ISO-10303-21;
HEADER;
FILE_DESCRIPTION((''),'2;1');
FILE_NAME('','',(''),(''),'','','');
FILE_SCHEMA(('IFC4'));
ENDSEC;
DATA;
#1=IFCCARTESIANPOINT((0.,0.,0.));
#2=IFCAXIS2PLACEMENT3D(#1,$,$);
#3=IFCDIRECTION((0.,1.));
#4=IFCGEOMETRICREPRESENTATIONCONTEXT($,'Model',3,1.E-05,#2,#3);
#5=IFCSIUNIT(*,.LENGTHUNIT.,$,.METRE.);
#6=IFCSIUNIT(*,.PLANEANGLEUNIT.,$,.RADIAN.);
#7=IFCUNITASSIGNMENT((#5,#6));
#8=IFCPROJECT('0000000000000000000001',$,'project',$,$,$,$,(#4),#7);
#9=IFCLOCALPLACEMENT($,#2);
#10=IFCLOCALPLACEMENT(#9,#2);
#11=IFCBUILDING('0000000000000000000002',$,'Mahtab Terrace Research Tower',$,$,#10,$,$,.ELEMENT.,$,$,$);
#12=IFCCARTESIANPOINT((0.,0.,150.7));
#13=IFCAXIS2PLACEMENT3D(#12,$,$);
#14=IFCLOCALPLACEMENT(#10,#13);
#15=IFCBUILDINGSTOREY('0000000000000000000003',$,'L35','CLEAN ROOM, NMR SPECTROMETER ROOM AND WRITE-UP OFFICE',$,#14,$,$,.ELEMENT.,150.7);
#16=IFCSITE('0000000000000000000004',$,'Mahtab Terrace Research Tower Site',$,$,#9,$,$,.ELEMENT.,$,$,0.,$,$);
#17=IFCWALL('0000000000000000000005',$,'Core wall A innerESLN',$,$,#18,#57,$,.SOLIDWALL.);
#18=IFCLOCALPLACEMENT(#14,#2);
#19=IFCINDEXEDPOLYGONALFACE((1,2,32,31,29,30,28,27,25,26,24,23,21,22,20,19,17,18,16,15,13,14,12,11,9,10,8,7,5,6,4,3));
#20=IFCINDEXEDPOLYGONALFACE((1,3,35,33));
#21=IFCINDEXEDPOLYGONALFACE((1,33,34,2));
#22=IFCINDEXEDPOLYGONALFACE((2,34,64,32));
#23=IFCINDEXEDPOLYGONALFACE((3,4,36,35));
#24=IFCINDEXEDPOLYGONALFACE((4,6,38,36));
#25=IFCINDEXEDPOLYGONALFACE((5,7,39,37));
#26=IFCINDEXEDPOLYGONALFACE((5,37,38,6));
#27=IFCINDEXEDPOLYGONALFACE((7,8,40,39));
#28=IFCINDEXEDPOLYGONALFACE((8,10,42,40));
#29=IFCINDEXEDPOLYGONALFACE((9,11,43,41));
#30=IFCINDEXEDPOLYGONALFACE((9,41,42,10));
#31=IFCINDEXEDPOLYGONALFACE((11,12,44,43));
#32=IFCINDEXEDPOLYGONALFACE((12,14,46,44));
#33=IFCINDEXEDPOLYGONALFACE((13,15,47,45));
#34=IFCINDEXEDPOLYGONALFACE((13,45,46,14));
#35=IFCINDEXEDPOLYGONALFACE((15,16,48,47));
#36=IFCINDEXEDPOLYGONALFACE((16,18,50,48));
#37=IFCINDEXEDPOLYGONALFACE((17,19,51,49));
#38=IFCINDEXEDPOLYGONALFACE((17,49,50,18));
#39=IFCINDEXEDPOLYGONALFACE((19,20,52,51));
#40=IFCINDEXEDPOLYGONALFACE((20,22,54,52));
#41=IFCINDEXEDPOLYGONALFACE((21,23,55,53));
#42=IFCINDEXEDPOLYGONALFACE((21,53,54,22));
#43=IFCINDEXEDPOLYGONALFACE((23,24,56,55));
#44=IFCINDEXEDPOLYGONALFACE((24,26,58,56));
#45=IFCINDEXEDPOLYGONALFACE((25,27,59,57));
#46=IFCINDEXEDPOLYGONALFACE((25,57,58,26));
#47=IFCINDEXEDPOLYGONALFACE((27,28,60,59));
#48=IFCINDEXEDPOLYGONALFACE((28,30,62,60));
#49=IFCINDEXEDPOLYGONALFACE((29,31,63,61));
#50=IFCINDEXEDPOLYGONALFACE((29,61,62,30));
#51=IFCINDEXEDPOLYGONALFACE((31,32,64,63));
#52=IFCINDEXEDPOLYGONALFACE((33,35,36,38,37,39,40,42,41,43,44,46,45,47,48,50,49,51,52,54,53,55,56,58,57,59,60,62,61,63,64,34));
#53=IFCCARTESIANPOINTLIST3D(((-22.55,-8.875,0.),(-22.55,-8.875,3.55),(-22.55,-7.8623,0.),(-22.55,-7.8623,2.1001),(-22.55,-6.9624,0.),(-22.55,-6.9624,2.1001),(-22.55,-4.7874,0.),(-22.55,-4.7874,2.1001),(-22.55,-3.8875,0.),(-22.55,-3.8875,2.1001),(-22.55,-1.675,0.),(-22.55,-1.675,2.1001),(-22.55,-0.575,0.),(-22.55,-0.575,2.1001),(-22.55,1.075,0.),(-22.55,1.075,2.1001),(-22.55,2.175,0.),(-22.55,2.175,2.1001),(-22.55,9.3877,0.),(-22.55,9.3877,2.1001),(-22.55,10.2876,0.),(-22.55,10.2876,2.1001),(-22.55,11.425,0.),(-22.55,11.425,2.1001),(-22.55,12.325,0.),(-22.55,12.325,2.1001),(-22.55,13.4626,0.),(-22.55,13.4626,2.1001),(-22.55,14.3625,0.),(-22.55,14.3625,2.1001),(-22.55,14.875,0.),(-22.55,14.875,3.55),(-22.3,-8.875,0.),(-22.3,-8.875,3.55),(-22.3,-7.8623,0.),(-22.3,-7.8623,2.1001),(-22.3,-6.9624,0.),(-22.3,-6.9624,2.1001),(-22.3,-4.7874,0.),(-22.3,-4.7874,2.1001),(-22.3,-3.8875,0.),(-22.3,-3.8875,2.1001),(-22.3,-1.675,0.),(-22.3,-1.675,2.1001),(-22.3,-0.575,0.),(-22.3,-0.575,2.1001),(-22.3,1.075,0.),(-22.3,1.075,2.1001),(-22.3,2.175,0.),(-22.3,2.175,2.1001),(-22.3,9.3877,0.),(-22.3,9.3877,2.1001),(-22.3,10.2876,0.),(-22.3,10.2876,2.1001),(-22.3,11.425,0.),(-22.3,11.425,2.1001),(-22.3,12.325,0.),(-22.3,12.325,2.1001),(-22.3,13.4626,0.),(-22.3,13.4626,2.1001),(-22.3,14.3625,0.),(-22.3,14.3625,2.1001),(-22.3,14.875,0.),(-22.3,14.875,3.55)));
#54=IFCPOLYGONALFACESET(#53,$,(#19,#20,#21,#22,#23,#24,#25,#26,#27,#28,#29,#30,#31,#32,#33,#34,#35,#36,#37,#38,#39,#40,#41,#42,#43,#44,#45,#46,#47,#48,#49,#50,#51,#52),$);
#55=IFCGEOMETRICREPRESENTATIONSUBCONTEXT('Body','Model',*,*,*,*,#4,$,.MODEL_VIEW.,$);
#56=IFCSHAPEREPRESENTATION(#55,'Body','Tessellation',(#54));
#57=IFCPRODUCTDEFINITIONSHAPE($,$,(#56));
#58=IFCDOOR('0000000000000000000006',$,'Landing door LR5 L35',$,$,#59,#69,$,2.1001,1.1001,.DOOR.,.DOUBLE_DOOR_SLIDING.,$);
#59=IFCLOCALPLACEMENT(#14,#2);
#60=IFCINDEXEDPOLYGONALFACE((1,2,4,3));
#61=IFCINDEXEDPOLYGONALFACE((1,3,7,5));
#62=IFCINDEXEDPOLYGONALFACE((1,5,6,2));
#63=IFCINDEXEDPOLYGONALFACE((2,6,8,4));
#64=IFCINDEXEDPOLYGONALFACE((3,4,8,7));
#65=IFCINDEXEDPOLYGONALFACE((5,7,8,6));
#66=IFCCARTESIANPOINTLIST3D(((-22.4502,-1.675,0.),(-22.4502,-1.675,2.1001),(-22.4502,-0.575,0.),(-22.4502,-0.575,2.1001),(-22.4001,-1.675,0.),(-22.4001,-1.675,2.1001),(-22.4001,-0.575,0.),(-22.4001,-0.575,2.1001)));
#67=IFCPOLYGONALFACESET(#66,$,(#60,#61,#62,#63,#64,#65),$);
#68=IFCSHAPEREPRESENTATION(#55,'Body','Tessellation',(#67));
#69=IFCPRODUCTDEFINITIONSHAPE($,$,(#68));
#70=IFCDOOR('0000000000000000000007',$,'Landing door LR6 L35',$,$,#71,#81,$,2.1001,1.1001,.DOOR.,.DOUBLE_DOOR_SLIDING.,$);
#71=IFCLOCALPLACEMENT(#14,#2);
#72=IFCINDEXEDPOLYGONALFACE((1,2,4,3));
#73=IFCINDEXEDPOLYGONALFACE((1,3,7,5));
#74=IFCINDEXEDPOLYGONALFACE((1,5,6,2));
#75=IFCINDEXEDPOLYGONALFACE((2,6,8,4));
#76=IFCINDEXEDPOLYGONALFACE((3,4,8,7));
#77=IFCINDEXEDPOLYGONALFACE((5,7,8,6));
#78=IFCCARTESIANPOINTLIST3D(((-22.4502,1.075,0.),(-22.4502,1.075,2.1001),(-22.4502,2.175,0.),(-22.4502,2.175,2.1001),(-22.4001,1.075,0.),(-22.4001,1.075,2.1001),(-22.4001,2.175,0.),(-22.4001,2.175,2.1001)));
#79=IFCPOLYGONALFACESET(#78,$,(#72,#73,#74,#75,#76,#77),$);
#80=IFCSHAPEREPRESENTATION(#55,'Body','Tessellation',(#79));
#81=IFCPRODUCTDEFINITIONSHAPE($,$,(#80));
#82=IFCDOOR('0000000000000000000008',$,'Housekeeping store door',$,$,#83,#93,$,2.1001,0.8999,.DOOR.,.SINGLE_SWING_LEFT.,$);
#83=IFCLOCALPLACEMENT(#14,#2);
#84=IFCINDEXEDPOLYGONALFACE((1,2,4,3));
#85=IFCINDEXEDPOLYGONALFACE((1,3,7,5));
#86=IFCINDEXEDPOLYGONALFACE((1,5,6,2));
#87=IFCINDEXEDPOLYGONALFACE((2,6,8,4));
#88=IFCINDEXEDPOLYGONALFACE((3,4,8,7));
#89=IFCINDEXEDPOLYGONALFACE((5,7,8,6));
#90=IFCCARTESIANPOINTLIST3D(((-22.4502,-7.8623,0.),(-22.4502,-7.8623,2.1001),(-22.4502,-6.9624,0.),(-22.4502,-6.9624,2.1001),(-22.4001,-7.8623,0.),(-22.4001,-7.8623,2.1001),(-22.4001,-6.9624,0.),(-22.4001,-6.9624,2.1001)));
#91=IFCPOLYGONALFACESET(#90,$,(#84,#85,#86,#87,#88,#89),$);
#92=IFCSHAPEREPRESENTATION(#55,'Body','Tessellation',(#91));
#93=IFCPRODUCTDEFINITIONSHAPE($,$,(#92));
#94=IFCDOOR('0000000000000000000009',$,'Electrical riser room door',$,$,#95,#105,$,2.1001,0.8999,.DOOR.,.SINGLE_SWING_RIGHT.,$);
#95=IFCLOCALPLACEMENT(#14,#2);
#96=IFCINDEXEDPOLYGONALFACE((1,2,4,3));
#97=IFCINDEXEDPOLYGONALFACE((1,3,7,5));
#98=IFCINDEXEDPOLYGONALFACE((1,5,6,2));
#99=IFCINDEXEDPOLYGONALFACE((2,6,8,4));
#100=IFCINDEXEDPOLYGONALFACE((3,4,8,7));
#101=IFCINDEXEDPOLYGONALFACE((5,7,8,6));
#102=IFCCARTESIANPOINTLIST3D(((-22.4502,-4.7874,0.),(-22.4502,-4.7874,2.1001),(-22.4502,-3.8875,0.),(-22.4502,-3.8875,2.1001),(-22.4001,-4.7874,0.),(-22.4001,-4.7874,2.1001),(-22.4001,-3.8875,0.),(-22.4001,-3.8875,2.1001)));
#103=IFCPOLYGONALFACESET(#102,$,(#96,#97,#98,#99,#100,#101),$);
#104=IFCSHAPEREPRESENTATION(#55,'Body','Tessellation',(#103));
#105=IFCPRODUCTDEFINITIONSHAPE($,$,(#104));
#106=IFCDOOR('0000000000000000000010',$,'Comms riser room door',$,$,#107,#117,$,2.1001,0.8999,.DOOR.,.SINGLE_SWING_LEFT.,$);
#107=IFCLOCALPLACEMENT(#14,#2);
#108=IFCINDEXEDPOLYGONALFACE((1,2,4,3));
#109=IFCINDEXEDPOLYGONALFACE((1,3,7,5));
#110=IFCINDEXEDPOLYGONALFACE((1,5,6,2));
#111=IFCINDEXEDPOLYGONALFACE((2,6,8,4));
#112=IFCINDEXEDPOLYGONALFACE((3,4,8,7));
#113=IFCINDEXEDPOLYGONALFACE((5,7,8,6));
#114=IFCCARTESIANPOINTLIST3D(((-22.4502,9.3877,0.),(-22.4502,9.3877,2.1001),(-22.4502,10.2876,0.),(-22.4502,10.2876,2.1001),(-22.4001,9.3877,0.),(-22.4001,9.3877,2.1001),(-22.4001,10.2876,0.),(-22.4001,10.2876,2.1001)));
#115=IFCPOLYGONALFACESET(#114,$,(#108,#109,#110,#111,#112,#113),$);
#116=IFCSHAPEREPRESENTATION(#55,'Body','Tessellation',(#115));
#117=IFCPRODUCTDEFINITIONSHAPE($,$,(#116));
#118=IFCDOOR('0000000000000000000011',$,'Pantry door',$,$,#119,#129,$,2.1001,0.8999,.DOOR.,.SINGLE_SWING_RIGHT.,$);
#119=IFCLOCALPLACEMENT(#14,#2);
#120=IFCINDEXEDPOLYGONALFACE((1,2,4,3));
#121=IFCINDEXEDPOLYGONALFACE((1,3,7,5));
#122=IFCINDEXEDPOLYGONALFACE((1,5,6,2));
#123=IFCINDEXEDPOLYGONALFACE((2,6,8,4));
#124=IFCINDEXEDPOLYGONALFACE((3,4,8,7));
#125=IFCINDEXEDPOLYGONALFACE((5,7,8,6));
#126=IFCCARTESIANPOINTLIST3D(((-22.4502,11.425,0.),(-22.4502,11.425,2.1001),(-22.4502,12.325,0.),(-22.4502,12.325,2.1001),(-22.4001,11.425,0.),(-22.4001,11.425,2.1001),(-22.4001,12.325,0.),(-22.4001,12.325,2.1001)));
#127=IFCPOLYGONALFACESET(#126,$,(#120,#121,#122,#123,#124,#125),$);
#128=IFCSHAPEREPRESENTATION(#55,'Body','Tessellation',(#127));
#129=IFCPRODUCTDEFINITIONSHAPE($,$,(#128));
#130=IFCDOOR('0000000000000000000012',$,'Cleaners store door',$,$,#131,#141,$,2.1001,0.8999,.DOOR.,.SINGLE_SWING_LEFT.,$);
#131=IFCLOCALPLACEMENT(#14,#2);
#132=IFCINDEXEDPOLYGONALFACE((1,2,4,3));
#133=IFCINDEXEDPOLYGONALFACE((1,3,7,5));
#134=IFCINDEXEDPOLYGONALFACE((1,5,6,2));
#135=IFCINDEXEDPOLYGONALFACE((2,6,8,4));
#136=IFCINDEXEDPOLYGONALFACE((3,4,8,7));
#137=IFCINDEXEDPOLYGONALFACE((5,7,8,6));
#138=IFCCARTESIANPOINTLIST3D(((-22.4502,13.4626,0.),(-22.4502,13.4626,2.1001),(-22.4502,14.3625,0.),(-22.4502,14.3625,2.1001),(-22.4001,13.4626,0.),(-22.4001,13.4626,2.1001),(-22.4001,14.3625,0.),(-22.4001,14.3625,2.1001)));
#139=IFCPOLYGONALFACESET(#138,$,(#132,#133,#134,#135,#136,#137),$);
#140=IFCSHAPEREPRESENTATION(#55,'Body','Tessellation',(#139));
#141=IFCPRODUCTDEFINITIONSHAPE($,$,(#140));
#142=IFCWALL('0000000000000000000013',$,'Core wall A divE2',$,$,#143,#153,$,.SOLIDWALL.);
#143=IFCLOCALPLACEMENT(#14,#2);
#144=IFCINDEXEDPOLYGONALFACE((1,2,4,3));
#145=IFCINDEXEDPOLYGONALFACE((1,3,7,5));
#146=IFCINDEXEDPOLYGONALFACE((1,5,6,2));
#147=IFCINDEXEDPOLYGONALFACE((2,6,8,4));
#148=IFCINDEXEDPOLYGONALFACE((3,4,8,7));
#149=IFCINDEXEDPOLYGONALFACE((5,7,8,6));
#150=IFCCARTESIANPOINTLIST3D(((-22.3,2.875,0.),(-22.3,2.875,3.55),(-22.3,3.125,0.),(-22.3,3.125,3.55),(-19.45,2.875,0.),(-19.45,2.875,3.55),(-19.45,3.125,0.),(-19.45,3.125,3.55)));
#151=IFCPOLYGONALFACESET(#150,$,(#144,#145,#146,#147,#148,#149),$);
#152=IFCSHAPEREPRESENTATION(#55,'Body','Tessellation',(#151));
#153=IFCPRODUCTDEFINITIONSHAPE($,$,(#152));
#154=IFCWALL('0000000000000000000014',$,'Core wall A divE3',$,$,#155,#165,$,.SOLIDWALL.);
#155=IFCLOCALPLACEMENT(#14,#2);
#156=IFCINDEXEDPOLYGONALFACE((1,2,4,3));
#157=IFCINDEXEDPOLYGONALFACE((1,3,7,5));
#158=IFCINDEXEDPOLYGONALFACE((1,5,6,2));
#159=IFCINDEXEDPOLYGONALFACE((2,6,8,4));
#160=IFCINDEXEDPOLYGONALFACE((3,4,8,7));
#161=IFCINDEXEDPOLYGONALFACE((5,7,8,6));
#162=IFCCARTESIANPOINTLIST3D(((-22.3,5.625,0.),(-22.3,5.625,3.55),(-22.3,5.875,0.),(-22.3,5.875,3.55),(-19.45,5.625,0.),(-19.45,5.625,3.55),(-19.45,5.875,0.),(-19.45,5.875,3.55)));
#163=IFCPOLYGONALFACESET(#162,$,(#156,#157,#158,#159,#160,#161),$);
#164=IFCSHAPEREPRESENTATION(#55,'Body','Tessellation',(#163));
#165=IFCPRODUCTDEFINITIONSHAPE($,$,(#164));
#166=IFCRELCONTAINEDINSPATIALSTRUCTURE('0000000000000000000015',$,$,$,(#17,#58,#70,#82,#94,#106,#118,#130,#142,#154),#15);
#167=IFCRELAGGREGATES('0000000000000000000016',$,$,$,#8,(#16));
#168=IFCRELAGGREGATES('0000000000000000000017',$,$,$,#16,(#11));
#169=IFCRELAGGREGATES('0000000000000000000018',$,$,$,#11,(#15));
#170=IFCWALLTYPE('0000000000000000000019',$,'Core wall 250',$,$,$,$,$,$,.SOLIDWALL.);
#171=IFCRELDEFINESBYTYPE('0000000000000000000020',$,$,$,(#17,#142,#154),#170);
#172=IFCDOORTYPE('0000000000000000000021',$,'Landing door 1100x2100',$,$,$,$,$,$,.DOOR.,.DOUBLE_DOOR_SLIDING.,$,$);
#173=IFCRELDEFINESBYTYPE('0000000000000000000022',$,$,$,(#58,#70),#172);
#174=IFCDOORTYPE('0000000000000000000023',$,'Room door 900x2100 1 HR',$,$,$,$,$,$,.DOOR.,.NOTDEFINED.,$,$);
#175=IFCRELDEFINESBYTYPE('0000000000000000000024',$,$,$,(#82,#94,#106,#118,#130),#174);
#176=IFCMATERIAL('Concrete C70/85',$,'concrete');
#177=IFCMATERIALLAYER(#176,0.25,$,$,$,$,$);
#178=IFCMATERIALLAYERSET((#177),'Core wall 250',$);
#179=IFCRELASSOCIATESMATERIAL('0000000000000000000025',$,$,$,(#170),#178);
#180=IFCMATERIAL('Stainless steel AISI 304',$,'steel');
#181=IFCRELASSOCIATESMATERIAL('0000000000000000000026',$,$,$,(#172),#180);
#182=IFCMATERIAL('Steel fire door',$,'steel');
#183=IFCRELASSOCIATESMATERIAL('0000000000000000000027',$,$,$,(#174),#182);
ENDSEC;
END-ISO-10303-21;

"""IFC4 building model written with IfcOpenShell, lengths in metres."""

from ifc_helpers import new_model, si_unit, direction, frame, frame_2d, origin, place, context, subcontext, project, spatial, rectangle, extrude, material, layer, layer_set, type_object, element, fill, save


model = new_model("IFC4")

# Units and contexts
model_context = context("Model", 3, precision=1e-05, world=origin(), true_north=direction((0.0, 1.0)))
body_context = subcontext(model_context, "Body", "Model", "MODEL_VIEW")
ifc_project = project(units=[si_unit("LENGTHUNIT", "METRE"), si_unit("PLANEANGLEUNIT", "RADIAN")], contexts=[model_context])

# Site, building, storey
site_placement = place(None, origin())
site = spatial("IfcSite", under=ifc_project, at=site_placement, Name="Mahtab Terrace Research Tower Site", CompositionType="ELEMENT", RefElevation=0.0)
building_placement = place(site_placement, origin())
building = spatial("IfcBuilding", under=site, at=building_placement, Name="Mahtab Terrace Research Tower", CompositionType="ELEMENT")
storey_placement = place(building_placement, frame((0.0, 0.0, 150.7)))
storey = spatial("IfcBuildingStorey", under=building, at=storey_placement, Name="L35", Description="CLEAN ROOM, NMR SPECTROMETER ROOM AND WRITE-UP OFFICE", CompositionType="ELEMENT", Elevation=150.7)

# Shared definitions
ifc_material_1 = material(Name="Concrete C70/85", Category="concrete")

# Shared definitions
ifc_layer_1 = layer(ifc_material_1, 0.25)
ifc_layer_set_1 = layer_set([ifc_layer_1], Name="Core wall 250")
wall_type_1 = type_object("IfcWallType", Name="Core wall 250", PredefinedType="SOLIDWALL", material=ifc_layer_set_1)
ifc_material_2 = material(Name="Steel fire door", Category="steel")

# Wall, openings, doors
wall_1_placement = place(storey_placement, frame((-22.425, 14.875, 0.0), z_axis=(0.0, 0.0, 1.0), x_axis=(0.0, -1.0, 0.0)))
wall_1 = element("IfcWall", 1, at=wall_1_placement, inside=storey, type_object=wall_type_1, Name="Core wall A innerESLN", PredefinedType="SOLIDWALL", context=body_context, shape_type="SweptSolid", body=[
    extrude(rectangle(XDim=23.75, YDim=0.25, at=frame_2d((11.875, 0.0))), origin(), (0.0, 0.0, 1.0), 3.55),
])
opening_1_placement = place(wall_1_placement, frame((15.45, 0.0, 0.0)))
opening_1 = element("IfcOpeningElement", 2, at=opening_1_placement, cuts=wall_1, PredefinedType="OPENING", context=body_context, shape_type="SweptSolid", body=[
    extrude(rectangle(XDim=1.1001, YDim=2.1001, at=frame_2d((0.55, 1.05))), frame((0.0, 0.135, 0.0), z_axis=(0.0, -1.0, 0.0), x_axis=(1.0, 0.0, 0.0)), (0.0, 0.0, 1.0), 0.27),
])
opening_2_placement = place(wall_1_placement, frame((12.7, 0.0, 0.0)))
opening_2 = element("IfcOpeningElement", 3, at=opening_2_placement, cuts=wall_1, PredefinedType="OPENING", context=body_context, shape_type="SweptSolid", body=[
    extrude(rectangle(XDim=1.1001, YDim=2.1001, at=frame_2d((0.55, 1.05))), frame((0.0, 0.135, 0.0), z_axis=(0.0, -1.0, 0.0), x_axis=(1.0, 0.0, 0.0)), (0.0, 0.0, 1.0), 0.27),
])
opening_3_placement = place(wall_1_placement, frame((21.8374, 0.0, 0.0)))
opening_3 = element("IfcOpeningElement", 4, at=opening_3_placement, cuts=wall_1, PredefinedType="OPENING", context=body_context, shape_type="SweptSolid", body=[
    extrude(rectangle(XDim=0.8999, YDim=2.1001, at=frame_2d((0.45, 1.05))), frame((0.0, 0.135, 0.0), z_axis=(0.0, -1.0, 0.0), x_axis=(1.0, 0.0, 0.0)), (0.0, 0.0, 1.0), 0.27),
])
opening_4_placement = place(wall_1_placement, frame((18.7625, 0.0, 0.0)))
opening_4 = element("IfcOpeningElement", 5, at=opening_4_placement, cuts=wall_1, PredefinedType="OPENING", context=body_context, shape_type="SweptSolid", body=[
    extrude(rectangle(XDim=0.8999, YDim=2.1001, at=frame_2d((0.45, 1.05))), frame((0.0, 0.135, 0.0), z_axis=(0.0, -1.0, 0.0), x_axis=(1.0, 0.0, 0.0)), (0.0, 0.0, 1.0), 0.27),
])
opening_5_placement = place(wall_1_placement, frame((4.5874, 0.0, 0.0)))
opening_5 = element("IfcOpeningElement", 6, at=opening_5_placement, cuts=wall_1, PredefinedType="OPENING", context=body_context, shape_type="SweptSolid", body=[
    extrude(rectangle(XDim=0.8999, YDim=2.1001, at=frame_2d((0.45, 1.05))), frame((0.0, 0.135, 0.0), z_axis=(0.0, -1.0, 0.0), x_axis=(1.0, 0.0, 0.0)), (0.0, 0.0, 1.0), 0.27),
])
opening_6_placement = place(wall_1_placement, frame((2.55, 0.0, 0.0)))
opening_6 = element("IfcOpeningElement", 7, at=opening_6_placement, cuts=wall_1, PredefinedType="OPENING", context=body_context, shape_type="SweptSolid", body=[
    extrude(rectangle(XDim=0.8999, YDim=2.1001, at=frame_2d((0.45, 1.05))), frame((0.0, 0.135, 0.0), z_axis=(0.0, -1.0, 0.0), x_axis=(1.0, 0.0, 0.0)), (0.0, 0.0, 1.0), 0.27),
])
opening_7_placement = place(wall_1_placement, frame((0.5125, 0.0, 0.0)))
opening_7 = element("IfcOpeningElement", 8, at=opening_7_placement, cuts=wall_1, PredefinedType="OPENING", context=body_context, shape_type="SweptSolid", body=[
    extrude(rectangle(XDim=0.8999, YDim=2.1001, at=frame_2d((0.45, 1.05))), frame((0.0, 0.135, 0.0), z_axis=(0.0, -1.0, 0.0), x_axis=(1.0, 0.0, 0.0)), (0.0, 0.0, 1.0), 0.27),
])
ifc_material_3 = material(Name="Stainless steel AISI 304", Category="steel")
door_type_1 = type_object("IfcDoorType", Name="Landing door 1100x2100", OperationType="DOUBLE_DOOR_SLIDING", PredefinedType="DOOR", material=ifc_material_3)
door_1_placement = place(opening_1_placement, origin())
door_1 = element("IfcDoor", 9, at=door_1_placement, inside=storey, type_object=door_type_1, Name="Landing door LR5 L35", OperationType="DOUBLE_DOOR_SLIDING", OverallHeight=2.1001, OverallWidth=1.1001, PredefinedType="DOOR", context=body_context, shape_type="SweptSolid", body=[
    extrude(rectangle(XDim=1.1001, YDim=2.1001, at=frame_2d((0.55, 1.05))), frame((0.0, 0.0249, 0.0), z_axis=(0.0, -1.0, 0.0), x_axis=(1.0, 0.0, 0.0)), (0.0, 0.0, 1.0), 0.05),
])
fill(opening_1, door_1)
door_2_placement = place(opening_2_placement, origin())
door_2 = element("IfcDoor", 10, at=door_2_placement, inside=storey, type_object=door_type_1, Name="Landing door LR6 L35", OperationType="DOUBLE_DOOR_SLIDING", OverallHeight=2.1001, OverallWidth=1.1001, PredefinedType="DOOR", context=body_context, shape_type="SweptSolid", body=[
    extrude(rectangle(XDim=1.1001, YDim=2.1001, at=frame_2d((0.55, 1.05))), frame((0.0, 0.0249, 0.0), z_axis=(0.0, -1.0, 0.0), x_axis=(1.0, 0.0, 0.0)), (0.0, 0.0, 1.0), 0.05),
])
fill(opening_2, door_2)
door_type_2 = type_object("IfcDoorType", Name="Room door 900x2100 1 HR", OperationType="NOTDEFINED", PredefinedType="DOOR", material=ifc_material_2)
door_3_placement = place(opening_3_placement, origin())
door_3 = element("IfcDoor", 11, at=door_3_placement, inside=storey, type_object=door_type_2, Name="Housekeeping store door", OperationType="SINGLE_SWING_LEFT", OverallHeight=2.1001, OverallWidth=0.8999, PredefinedType="DOOR", context=body_context, shape_type="SweptSolid", body=[
    extrude(rectangle(XDim=0.8999, YDim=2.1001, at=frame_2d((0.45, 1.05))), frame((0.0, 0.0249, 0.0), z_axis=(0.0, -1.0, 0.0), x_axis=(1.0, 0.0, 0.0)), (0.0, 0.0, 1.0), 0.05),
])
fill(opening_3, door_3)
door_4_placement = place(opening_4_placement, origin())
door_4 = element("IfcDoor", 12, at=door_4_placement, inside=storey, type_object=door_type_2, Name="Electrical riser room door", OperationType="SINGLE_SWING_RIGHT", OverallHeight=2.1001, OverallWidth=0.8999, PredefinedType="DOOR", context=body_context, shape_type="SweptSolid", body=[
    extrude(rectangle(XDim=0.8999, YDim=2.1001, at=frame_2d((0.45, 1.05))), frame((0.0, 0.0249, 0.0), z_axis=(0.0, -1.0, 0.0), x_axis=(1.0, 0.0, 0.0)), (0.0, 0.0, 1.0), 0.05),
])
fill(opening_4, door_4)
door_5_placement = place(opening_5_placement, origin())
door_5 = element("IfcDoor", 13, at=door_5_placement, inside=storey, type_object=door_type_2, Name="Comms riser room door", OperationType="SINGLE_SWING_LEFT", OverallHeight=2.1001, OverallWidth=0.8999, PredefinedType="DOOR", context=body_context, shape_type="SweptSolid", body=[
    extrude(rectangle(XDim=0.8999, YDim=2.1001, at=frame_2d((0.45, 1.05))), frame((0.0, 0.0249, 0.0), z_axis=(0.0, -1.0, 0.0), x_axis=(1.0, 0.0, 0.0)), (0.0, 0.0, 1.0), 0.05),
])
fill(opening_5, door_5)
door_6_placement = place(opening_6_placement, origin())
door_6 = element("IfcDoor", 14, at=door_6_placement, inside=storey, type_object=door_type_2, Name="Pantry door", OperationType="SINGLE_SWING_RIGHT", OverallHeight=2.1001, OverallWidth=0.8999, PredefinedType="DOOR", context=body_context, shape_type="SweptSolid", body=[
    extrude(rectangle(XDim=0.8999, YDim=2.1001, at=frame_2d((0.45, 1.05))), frame((0.0, 0.0249, 0.0), z_axis=(0.0, -1.0, 0.0), x_axis=(1.0, 0.0, 0.0)), (0.0, 0.0, 1.0), 0.05),
])
fill(opening_6, door_6)
door_7_placement = place(opening_7_placement, origin())
door_7 = element("IfcDoor", 15, at=door_7_placement, inside=storey, type_object=door_type_2, Name="Cleaners store door", OperationType="SINGLE_SWING_LEFT", OverallHeight=2.1001, OverallWidth=0.8999, PredefinedType="DOOR", context=body_context, shape_type="SweptSolid", body=[
    extrude(rectangle(XDim=0.8999, YDim=2.1001, at=frame_2d((0.45, 1.05))), frame((0.0, 0.0249, 0.0), z_axis=(0.0, -1.0, 0.0), x_axis=(1.0, 0.0, 0.0)), (0.0, 0.0, 1.0), 0.05),
])
fill(opening_7, door_7)

# Walls
for number, where, z_axis, x_axis, name in (
    (16, (-22.3, 3.0, 0.0), (0.0, 0.0, 1.0), (1.0, 0.0, 0.0), "Core wall A divE2"),
    (17, (-22.3, 5.75, 0.0), (0.0, 0.0, 1.0), (1.0, 0.0, 0.0), "Core wall A divE3"),
):
    element("IfcWall", number, at=place(storey_placement, frame(where, z_axis=z_axis, x_axis=x_axis)), inside=storey, type_object=wall_type_1, Name=name, PredefinedType="SOLIDWALL", context=body_context, shape_type="SweptSolid", body=[
        extrude(rectangle(XDim=2.8501, YDim=0.25, at=frame_2d((1.425, 0.0))), origin(), (0.0, 0.0, 1.0), 3.55),
    ])

save(model, "model.ifc")
